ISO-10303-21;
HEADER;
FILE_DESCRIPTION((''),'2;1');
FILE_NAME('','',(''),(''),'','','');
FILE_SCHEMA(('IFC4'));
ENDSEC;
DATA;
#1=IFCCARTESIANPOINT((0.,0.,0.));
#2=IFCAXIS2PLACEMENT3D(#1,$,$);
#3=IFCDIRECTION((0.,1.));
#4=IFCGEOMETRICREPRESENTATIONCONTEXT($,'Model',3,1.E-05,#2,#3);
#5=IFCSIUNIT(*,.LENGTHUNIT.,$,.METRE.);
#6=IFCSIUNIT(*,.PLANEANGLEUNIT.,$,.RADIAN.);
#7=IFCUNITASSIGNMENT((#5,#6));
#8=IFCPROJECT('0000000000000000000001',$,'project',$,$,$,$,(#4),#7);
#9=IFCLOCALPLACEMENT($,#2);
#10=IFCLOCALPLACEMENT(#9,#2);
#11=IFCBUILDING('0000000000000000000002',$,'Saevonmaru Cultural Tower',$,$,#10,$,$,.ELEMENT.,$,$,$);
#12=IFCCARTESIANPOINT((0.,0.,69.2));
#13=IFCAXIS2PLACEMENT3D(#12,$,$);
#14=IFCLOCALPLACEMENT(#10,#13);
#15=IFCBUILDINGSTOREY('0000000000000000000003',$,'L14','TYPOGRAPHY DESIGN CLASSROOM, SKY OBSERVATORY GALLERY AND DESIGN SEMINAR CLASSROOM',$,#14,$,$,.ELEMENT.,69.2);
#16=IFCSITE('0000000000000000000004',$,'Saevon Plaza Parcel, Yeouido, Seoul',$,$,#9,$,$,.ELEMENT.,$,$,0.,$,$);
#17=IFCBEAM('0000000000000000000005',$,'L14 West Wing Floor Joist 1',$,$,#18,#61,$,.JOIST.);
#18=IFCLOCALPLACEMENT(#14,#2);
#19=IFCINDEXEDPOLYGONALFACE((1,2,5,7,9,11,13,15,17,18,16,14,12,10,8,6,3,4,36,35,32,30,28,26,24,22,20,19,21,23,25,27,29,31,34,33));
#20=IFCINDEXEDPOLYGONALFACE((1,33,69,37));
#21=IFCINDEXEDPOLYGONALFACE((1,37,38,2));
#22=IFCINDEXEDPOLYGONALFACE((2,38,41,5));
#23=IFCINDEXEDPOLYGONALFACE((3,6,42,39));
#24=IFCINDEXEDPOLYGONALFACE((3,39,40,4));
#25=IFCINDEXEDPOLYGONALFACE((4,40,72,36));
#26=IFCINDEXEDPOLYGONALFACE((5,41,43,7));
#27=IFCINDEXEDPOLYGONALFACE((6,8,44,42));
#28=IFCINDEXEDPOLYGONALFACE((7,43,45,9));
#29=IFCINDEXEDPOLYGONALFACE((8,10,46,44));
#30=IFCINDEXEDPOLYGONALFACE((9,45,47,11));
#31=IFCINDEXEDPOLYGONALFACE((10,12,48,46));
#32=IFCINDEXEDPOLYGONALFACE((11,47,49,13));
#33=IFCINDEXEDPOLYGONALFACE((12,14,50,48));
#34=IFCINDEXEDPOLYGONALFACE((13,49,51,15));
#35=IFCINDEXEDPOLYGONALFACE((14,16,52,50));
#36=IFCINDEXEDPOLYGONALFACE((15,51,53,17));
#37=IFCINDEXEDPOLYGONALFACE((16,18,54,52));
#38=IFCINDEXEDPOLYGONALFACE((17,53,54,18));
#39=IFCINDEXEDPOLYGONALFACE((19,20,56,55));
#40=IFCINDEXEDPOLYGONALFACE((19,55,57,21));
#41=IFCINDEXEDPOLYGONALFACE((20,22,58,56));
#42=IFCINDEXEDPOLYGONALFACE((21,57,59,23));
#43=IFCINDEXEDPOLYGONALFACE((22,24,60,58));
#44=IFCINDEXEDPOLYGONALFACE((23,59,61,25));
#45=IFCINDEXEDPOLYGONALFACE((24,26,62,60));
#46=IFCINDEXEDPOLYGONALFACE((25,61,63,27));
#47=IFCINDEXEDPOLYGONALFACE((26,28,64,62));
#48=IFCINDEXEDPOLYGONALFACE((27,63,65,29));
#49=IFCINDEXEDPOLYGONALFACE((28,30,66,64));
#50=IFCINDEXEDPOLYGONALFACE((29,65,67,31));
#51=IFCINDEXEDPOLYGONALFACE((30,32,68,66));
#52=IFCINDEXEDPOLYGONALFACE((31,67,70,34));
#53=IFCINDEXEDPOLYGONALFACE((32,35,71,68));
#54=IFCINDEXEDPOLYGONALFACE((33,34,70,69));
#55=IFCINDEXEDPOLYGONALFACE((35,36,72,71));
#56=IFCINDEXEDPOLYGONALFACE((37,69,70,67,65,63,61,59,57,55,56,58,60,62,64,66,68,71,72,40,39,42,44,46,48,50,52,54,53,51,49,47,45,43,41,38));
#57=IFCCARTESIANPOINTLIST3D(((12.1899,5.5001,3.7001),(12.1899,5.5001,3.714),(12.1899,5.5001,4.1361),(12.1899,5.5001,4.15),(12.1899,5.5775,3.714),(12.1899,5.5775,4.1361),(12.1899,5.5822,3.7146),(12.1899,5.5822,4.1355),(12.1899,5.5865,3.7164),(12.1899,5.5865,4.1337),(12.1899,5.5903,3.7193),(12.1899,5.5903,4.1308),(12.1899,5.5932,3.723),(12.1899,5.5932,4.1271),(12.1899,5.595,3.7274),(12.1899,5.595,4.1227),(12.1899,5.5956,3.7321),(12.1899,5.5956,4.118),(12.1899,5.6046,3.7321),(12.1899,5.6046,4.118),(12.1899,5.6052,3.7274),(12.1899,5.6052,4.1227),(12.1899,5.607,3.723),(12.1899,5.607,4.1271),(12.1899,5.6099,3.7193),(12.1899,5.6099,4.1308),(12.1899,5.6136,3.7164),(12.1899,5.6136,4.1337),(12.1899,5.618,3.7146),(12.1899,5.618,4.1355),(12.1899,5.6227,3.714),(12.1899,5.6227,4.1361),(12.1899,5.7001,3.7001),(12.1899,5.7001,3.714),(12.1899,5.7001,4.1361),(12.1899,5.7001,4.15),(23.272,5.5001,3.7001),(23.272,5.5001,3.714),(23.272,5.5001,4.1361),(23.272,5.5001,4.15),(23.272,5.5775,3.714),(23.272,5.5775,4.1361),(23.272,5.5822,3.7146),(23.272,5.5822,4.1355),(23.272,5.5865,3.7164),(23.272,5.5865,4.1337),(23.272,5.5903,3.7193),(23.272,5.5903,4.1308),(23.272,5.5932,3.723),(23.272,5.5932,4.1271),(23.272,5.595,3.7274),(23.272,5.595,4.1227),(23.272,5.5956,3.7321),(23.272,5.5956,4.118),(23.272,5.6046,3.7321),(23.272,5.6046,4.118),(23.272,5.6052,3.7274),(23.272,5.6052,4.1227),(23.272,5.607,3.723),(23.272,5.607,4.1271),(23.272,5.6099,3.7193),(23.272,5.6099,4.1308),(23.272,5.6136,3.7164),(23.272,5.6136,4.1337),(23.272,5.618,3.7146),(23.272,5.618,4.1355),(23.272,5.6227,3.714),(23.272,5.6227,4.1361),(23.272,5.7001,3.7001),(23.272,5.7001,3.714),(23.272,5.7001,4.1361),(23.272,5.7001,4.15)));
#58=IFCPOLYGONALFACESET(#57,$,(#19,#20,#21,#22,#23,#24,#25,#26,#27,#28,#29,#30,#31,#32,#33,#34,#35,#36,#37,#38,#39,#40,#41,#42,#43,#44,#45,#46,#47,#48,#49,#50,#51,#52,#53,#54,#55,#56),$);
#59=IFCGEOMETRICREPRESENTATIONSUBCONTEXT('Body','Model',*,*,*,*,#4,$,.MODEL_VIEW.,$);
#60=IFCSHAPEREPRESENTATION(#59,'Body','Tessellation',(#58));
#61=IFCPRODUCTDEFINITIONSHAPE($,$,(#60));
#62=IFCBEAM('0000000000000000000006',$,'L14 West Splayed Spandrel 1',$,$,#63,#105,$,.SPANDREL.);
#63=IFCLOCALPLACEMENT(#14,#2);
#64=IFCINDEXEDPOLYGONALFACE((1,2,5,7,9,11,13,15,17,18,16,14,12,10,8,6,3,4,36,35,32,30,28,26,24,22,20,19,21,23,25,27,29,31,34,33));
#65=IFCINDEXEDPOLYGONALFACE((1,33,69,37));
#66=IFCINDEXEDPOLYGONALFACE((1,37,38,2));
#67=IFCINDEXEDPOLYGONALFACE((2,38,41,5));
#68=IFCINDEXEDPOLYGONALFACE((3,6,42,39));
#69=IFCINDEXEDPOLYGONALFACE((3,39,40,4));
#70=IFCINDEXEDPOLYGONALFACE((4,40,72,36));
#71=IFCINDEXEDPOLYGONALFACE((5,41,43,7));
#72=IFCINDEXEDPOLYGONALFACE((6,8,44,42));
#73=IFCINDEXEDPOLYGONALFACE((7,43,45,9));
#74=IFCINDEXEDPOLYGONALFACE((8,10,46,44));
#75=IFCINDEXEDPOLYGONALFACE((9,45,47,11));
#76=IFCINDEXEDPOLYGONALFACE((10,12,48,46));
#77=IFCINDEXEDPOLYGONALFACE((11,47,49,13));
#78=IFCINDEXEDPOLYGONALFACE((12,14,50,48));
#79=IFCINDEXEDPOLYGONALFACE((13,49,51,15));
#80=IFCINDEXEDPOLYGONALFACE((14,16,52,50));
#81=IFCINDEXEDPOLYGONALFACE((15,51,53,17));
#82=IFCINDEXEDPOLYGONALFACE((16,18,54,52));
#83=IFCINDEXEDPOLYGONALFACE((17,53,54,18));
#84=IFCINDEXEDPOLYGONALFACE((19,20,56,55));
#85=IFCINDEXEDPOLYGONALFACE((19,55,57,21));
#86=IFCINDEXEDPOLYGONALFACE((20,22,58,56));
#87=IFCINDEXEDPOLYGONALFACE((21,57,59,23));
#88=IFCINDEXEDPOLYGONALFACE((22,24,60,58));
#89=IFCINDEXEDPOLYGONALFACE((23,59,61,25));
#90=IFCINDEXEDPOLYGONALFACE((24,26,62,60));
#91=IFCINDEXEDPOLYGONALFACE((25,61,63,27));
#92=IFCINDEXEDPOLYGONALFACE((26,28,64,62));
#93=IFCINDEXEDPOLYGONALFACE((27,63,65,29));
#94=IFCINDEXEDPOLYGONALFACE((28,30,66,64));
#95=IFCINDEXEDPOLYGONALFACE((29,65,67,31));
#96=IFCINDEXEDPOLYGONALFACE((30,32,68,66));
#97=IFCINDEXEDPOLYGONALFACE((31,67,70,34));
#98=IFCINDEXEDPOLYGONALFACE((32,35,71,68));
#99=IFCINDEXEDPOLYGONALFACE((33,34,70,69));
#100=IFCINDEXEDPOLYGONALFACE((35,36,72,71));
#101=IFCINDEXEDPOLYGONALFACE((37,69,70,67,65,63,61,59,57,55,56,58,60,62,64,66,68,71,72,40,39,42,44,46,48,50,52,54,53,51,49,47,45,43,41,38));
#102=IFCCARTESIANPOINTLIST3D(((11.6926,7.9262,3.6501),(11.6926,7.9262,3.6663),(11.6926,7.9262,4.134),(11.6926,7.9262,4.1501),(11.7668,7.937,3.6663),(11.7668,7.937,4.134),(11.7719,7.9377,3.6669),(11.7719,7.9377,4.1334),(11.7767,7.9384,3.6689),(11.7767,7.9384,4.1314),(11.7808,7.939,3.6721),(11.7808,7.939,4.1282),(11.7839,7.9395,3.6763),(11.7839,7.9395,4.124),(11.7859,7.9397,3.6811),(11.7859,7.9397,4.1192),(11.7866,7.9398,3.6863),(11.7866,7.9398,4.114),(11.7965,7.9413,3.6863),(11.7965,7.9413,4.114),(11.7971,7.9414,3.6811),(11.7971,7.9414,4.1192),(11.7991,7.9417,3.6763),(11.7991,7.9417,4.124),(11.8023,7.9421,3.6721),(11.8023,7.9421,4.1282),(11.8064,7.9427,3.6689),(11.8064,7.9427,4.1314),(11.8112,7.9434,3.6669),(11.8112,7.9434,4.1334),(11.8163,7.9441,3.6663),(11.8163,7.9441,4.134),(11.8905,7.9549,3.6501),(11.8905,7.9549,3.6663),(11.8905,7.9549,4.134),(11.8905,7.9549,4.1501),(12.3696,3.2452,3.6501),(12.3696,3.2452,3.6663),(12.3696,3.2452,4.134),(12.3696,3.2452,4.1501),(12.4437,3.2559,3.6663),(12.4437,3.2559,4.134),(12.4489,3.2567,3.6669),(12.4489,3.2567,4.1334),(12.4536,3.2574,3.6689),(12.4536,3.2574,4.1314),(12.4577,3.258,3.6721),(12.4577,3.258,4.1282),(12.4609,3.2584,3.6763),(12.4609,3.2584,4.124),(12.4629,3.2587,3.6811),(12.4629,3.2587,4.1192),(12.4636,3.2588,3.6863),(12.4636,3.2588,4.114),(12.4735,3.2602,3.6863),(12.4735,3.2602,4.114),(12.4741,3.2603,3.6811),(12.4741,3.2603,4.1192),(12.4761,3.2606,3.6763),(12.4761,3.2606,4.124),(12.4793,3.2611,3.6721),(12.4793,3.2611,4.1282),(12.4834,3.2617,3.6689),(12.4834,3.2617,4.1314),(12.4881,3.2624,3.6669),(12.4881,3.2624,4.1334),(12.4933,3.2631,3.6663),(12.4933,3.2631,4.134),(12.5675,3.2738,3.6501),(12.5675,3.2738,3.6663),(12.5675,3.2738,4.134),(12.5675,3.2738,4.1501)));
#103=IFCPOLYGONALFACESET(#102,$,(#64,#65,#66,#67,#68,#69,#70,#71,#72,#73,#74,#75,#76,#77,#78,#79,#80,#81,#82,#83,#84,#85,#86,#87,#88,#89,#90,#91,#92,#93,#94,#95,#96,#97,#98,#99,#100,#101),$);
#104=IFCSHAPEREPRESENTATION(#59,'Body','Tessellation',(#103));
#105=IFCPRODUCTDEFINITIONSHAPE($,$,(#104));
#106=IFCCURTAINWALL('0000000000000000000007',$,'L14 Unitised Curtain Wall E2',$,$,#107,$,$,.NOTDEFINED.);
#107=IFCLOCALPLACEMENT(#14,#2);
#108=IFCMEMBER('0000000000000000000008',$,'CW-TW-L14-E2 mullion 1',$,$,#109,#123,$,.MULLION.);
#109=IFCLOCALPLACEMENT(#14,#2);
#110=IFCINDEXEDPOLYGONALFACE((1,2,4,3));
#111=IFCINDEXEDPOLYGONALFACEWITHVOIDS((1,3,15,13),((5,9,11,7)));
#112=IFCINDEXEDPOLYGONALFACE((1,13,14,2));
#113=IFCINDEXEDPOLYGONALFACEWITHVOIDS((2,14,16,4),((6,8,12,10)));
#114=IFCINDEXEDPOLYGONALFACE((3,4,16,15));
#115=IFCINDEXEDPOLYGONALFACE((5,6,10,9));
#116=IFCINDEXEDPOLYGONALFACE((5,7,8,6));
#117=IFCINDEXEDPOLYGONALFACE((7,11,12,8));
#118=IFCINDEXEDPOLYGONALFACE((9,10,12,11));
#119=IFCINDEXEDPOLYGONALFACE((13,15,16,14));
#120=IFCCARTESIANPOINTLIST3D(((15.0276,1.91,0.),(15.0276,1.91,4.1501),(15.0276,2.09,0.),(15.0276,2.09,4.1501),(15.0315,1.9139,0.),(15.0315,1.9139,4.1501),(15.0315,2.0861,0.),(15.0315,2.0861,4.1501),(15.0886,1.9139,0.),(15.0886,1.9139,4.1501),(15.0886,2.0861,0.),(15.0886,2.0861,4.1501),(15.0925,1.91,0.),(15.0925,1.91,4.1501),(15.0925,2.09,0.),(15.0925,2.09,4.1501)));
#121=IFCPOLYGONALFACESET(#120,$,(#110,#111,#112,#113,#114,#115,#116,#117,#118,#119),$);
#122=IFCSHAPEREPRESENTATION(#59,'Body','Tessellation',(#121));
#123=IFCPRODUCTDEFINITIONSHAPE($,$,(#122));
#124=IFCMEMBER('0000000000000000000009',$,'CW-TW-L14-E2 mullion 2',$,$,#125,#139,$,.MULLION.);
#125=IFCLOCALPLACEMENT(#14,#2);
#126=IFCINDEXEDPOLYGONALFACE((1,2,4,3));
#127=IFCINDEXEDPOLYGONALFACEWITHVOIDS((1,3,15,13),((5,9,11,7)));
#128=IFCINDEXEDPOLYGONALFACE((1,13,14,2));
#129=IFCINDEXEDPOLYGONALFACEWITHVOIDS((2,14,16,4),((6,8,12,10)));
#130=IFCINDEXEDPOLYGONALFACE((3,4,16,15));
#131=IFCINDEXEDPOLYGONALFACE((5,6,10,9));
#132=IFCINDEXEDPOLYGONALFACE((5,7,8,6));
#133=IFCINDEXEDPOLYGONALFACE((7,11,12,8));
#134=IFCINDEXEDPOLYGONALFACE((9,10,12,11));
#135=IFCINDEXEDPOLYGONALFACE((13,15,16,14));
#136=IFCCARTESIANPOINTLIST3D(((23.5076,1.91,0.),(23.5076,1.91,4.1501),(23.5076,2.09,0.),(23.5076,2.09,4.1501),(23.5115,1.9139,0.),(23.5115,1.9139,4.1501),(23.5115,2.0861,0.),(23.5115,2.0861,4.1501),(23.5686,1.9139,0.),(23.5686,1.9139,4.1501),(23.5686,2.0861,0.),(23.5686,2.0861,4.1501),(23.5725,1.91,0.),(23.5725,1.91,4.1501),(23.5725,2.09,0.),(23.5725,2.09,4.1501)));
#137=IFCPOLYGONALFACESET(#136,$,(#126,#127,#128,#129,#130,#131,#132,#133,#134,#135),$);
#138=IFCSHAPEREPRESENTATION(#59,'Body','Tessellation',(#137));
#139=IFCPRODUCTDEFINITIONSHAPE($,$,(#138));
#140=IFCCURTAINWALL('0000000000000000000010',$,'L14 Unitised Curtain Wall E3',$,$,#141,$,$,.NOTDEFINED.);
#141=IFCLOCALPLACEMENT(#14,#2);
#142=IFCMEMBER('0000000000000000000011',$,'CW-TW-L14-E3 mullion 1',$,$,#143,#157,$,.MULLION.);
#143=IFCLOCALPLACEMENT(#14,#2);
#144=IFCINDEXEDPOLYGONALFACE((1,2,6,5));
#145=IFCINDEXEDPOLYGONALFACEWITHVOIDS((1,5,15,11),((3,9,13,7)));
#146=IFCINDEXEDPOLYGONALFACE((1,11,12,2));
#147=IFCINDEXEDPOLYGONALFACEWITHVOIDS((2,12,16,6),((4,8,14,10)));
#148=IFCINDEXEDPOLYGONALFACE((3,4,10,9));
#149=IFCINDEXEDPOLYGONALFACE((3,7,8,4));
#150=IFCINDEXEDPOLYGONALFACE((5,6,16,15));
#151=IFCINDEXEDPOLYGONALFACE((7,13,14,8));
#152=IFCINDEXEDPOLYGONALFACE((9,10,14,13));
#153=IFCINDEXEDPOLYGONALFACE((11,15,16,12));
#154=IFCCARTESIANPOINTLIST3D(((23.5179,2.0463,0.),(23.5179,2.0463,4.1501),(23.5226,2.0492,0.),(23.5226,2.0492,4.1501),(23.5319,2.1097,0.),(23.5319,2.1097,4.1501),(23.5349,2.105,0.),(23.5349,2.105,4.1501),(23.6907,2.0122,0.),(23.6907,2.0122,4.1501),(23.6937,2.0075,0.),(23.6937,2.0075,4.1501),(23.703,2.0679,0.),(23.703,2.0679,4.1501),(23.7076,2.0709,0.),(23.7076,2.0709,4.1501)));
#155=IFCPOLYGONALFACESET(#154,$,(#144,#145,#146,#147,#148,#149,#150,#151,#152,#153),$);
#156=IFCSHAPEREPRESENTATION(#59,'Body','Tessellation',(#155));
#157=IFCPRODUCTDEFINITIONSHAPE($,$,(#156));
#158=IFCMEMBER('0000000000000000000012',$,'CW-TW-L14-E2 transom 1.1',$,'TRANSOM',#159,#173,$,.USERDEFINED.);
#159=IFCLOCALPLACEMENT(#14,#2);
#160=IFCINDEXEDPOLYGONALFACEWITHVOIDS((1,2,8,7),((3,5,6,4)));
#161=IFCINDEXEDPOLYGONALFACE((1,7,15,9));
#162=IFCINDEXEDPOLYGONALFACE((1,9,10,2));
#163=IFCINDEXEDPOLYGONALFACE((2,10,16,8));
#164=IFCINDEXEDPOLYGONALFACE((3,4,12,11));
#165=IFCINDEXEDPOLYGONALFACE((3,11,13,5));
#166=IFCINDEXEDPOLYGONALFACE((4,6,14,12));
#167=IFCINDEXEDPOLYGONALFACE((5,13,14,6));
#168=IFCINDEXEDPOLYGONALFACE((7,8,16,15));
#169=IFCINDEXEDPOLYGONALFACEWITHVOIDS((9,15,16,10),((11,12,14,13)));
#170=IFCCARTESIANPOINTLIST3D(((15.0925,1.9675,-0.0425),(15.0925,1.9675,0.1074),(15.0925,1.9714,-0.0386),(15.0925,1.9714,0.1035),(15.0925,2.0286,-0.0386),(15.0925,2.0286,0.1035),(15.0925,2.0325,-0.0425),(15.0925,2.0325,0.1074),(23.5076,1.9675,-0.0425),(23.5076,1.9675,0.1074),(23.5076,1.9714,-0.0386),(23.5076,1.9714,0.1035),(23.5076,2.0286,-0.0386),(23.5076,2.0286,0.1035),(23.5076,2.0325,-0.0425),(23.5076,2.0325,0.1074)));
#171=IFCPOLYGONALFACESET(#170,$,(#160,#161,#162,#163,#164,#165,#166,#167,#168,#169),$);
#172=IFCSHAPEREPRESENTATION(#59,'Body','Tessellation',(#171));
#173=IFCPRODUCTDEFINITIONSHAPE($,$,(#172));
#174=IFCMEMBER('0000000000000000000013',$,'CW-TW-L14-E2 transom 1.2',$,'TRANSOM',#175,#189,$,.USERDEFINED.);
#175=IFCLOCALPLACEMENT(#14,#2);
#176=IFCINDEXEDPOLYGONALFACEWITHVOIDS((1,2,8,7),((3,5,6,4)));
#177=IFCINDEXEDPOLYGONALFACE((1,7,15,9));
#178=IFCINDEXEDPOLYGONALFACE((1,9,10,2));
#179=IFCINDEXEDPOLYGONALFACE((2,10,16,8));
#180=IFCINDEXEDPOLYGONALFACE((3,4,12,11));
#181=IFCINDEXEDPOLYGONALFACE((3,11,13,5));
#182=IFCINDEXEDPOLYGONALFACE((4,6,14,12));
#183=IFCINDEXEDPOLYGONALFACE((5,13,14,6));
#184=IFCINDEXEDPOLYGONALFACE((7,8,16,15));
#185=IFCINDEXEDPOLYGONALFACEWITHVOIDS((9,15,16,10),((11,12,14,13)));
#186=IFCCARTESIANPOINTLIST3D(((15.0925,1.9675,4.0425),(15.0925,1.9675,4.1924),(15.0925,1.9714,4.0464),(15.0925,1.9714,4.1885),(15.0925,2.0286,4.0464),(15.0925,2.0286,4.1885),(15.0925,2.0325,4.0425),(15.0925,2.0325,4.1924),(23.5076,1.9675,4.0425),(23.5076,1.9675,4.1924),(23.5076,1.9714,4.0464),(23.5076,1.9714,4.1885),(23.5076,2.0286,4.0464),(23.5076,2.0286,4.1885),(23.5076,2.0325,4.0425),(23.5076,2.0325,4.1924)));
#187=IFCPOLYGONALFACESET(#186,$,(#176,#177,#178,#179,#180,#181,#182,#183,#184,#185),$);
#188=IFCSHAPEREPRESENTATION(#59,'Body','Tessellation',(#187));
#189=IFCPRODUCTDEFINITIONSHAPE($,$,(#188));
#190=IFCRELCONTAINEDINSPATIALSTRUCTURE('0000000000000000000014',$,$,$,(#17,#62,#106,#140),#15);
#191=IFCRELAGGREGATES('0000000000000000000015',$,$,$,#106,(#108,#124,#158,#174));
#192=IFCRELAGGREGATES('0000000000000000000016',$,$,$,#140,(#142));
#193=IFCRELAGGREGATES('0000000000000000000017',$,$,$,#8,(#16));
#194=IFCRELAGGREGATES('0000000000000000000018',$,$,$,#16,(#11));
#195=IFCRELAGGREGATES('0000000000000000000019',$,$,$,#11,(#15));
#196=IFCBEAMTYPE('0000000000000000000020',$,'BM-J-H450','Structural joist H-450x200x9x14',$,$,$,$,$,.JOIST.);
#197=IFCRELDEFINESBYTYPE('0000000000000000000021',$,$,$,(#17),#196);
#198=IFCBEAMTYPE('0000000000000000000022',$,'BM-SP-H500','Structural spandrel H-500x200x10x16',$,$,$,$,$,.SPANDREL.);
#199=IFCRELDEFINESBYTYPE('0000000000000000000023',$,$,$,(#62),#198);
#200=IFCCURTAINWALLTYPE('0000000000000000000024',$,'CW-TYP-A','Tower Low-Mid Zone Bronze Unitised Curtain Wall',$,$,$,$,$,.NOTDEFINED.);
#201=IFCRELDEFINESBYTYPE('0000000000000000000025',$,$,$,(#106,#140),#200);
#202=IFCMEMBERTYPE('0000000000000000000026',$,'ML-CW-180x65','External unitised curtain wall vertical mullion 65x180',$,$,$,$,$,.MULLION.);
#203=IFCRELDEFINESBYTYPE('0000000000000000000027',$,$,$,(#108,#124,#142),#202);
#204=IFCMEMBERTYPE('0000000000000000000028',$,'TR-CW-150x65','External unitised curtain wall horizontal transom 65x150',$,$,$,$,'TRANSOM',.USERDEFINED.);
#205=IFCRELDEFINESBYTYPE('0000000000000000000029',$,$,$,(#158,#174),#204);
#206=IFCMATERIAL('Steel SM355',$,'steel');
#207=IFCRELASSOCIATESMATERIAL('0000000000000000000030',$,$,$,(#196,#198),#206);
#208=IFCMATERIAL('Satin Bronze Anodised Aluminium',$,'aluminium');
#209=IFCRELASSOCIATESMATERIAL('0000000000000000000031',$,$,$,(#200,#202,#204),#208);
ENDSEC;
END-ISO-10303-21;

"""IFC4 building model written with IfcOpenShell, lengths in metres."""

from ifc_helpers import new_model, si_unit, direction, frame, origin, origin_2d, place, context, subcontext, project, spatial, hollow_rectangle, i_section, extrude, material, material_profile, profile_set, type_object, element, aggregate, save


model = new_model("IFC4")

# Units and contexts
model_context = context("Model", 3, precision=1e-05, world=origin(), true_north=direction((0.0, 1.0)))
body_context = subcontext(model_context, "Body", "Model", "MODEL_VIEW")
ifc_project = project(units=[si_unit("LENGTHUNIT", "METRE"), si_unit("PLANEANGLEUNIT", "RADIAN")], contexts=[model_context])

# Site, building, storey
site_placement = place(None, origin())
site = spatial("IfcSite", under=ifc_project, at=site_placement, Name="Saevon Plaza Parcel, Yeouido, Seoul", CompositionType="ELEMENT", RefElevation=0.0)
building_placement = place(site_placement, origin())
building = spatial("IfcBuilding", under=site, at=building_placement, Name="Saevonmaru Cultural Tower", CompositionType="ELEMENT")
storey_placement = place(building_placement, frame((0.0, 0.0, 69.2)))
storey = spatial("IfcBuildingStorey", under=building, at=storey_placement, Name="L14", Description="TYPOGRAPHY DESIGN CLASSROOM, SKY OBSERVATORY GALLERY AND DESIGN SEMINAR CLASSROOM", CompositionType="ELEMENT", Elevation=69.2)

# Beams
ifc_material_1 = material(Name="Steel SM355", Category="steel")
ifc_material_profile_1 = material_profile(ifc_material_1, i_section(OverallWidth=0.2, OverallDepth=0.45, WebThickness=0.009, FlangeThickness=0.0139, FilletRadius=0.0181, at=origin_2d()), Name="H-450x200x9x14")
ifc_profile_set_1 = profile_set([ifc_material_profile_1], Name="Steel SM355")
beam_type_1 = type_object("IfcBeamType", Name="BM-J-H450", Description="Structural joist H-450x200x9x14", PredefinedType="JOIST", material=ifc_profile_set_1)
beam_1_placement = place(storey_placement, frame((12.1899, 5.6001, 3.925), z_axis=(1.0, 0.0, 0.0), x_axis=(0.0, 1.0, 0.0)))
element("IfcBeam", 1, at=beam_1_placement, inside=storey, type_object=beam_type_1, Name="L14 West Wing Floor Joist 1", PredefinedType="JOIST", context=body_context, shape_type="SweptSolid", body=[
    extrude(i_section(OverallWidth=0.2, OverallDepth=0.45, WebThickness=0.009, FlangeThickness=0.0139, FilletRadius=0.0181, at=origin_2d()), origin(), (0.0, 0.0, 1.0), 11.082),
])
ifc_material_profile_2 = material_profile(ifc_material_1, i_section(OverallWidth=0.2, OverallDepth=0.5, WebThickness=0.01, FlangeThickness=0.0161, FilletRadius=0.02, at=origin_2d()), Name="H-500x200x10x16")
ifc_profile_set_2 = profile_set([ifc_material_profile_2], Name="Steel SM355")
beam_type_2 = type_object("IfcBeamType", Name="BM-SP-H500", Description="Structural spandrel H-500x200x10x16", PredefinedType="SPANDREL", material=ifc_profile_set_2)
beam_2_placement = place(storey_placement, frame((12.4685, 3.2595, 3.9001), z_axis=(-0.143134, 0.989703, 0.0), x_axis=(-0.989703, -0.143134, 0.0)))
element("IfcBeam", 2, at=beam_2_placement, inside=storey, type_object=beam_type_2, Name="L14 West Splayed Spandrel 1", PredefinedType="SPANDREL", context=body_context, shape_type="SweptSolid", body=[
    extrude(i_section(OverallWidth=0.2, OverallDepth=0.5, WebThickness=0.01, FlangeThickness=0.0161, FilletRadius=0.02, at=origin_2d()), origin(), (0.0, 0.0, 1.0), 4.7297),
])

# Curtain wall, members
ifc_material_2 = material(Name="Satin Bronze Anodised Aluminium", Category="aluminium")
curtain_wall_type = type_object("IfcCurtainWallType", Name="CW-TYP-A", Description="Tower Low-Mid Zone Bronze Unitised Curtain Wall", PredefinedType="NOTDEFINED", material=ifc_material_2)
curtain_wall_1_placement = place(storey_placement, origin())
curtain_wall_1 = element("IfcCurtainWall", 3, at=curtain_wall_1_placement, inside=storey, type_object=curtain_wall_type, Name="L14 Unitised Curtain Wall E2", PredefinedType="NOTDEFINED")
ifc_material_profile_3 = material_profile(ifc_material_2, hollow_rectangle(XDim=0.0649, YDim=0.1799, WallThickness=0.0039, at=origin_2d()), Name="ALU-MULL-180x65x4")
ifc_profile_set_3 = profile_set([ifc_material_profile_3], Name="Satin Bronze Anodised Aluminium")
member_type_1 = type_object("IfcMemberType", Name="ML-CW-180x65", Description="External unitised curtain wall vertical mullion 65x180", PredefinedType="MULLION", material=ifc_profile_set_3)
member_1_placement = place(storey_placement, frame((15.0601, 2.0, 0.0), z_axis=(0.0, 0.0, 1.0), x_axis=(1.0, 0.0, 0.0)))
member_1 = element("IfcMember", 4, at=member_1_placement, type_object=member_type_1, Name="CW-TW-L14-E2 mullion 1", PredefinedType="MULLION", context=body_context, shape_type="SweptSolid", body=[
    extrude(hollow_rectangle(XDim=0.0649, YDim=0.1799, WallThickness=0.0039, at=origin_2d()), origin(), (0.0, 0.0, 1.0), 4.1501),
])
member_2_placement = place(storey_placement, frame((23.54, 2.0, 0.0), z_axis=(0.0, 0.0, 1.0), x_axis=(1.0, 0.0, 0.0)))
member_2 = element("IfcMember", 5, at=member_2_placement, type_object=member_type_1, Name="CW-TW-L14-E2 mullion 2", PredefinedType="MULLION", context=body_context, shape_type="SweptSolid", body=[
    extrude(hollow_rectangle(XDim=0.0649, YDim=0.1799, WallThickness=0.0039, at=origin_2d()), origin(), (0.0, 0.0, 1.0), 4.1501),
])

# Curtain wall, member
curtain_wall_2_placement = place(storey_placement, origin())
curtain_wall_2 = element("IfcCurtainWall", 6, at=curtain_wall_2_placement, inside=storey, type_object=curtain_wall_type, Name="L14 Unitised Curtain Wall E3", PredefinedType="NOTDEFINED")
member_3_placement = place(storey_placement, frame((23.6128, 2.0586, 0.0), z_axis=(0.0, 0.0, 1.0), x_axis=(0.215413, 0.976523, 0.0)))
member_3 = element("IfcMember", 7, at=member_3_placement, type_object=member_type_1, Name="CW-TW-L14-E3 mullion 1", PredefinedType="MULLION", context=body_context, shape_type="SweptSolid", body=[
    extrude(hollow_rectangle(XDim=0.0649, YDim=0.1799, WallThickness=0.0039, at=origin_2d()), origin(), (0.0, 0.0, 1.0), 4.1501),
])

# Members
ifc_material_profile_4 = material_profile(ifc_material_2, hollow_rectangle(XDim=0.0649, YDim=0.1499, WallThickness=0.0039, at=origin_2d()), Name="ALU-TRAN-150x65x4")
ifc_profile_set_4 = profile_set([ifc_material_profile_4], Name="Satin Bronze Anodised Aluminium")
member_type_2 = type_object("IfcMemberType", Name="TR-CW-150x65", Description="External unitised curtain wall horizontal transom 65x150", ElementType="TRANSOM", PredefinedType="USERDEFINED", material=ifc_profile_set_4)
member_4_placement = place(storey_placement, frame((15.0925, 2.0, 0.0325), z_axis=(1.0, 0.0, 0.0), x_axis=(0.0, 1.0, 0.0)))
member_4 = element("IfcMember", 8, at=member_4_placement, type_object=member_type_2, Name="CW-TW-L14-E2 transom 1.1", ObjectType="TRANSOM", PredefinedType="USERDEFINED", context=body_context, shape_type="SweptSolid", body=[
    extrude(hollow_rectangle(XDim=0.0649, YDim=0.1499, WallThickness=0.0039, at=origin_2d()), origin(), (0.0, 0.0, 1.0), 8.415),
])
member_5_placement = place(storey_placement, frame((15.0925, 2.0, 4.1174), z_axis=(1.0, 0.0, 0.0), x_axis=(0.0, 1.0, 0.0)))
member_5 = element("IfcMember", 9, at=member_5_placement, type_object=member_type_2, Name="CW-TW-L14-E2 transom 1.2", ObjectType="TRANSOM", PredefinedType="USERDEFINED", context=body_context, shape_type="SweptSolid", body=[
    extrude(hollow_rectangle(XDim=0.0649, YDim=0.1499, WallThickness=0.0039, at=origin_2d()), origin(), (0.0, 0.0, 1.0), 8.415),
])

aggregate(curtain_wall_1, [member_1, member_2, member_4, member_5])
aggregate(curtain_wall_2, [member_3])

save(model, "model.ifc")
